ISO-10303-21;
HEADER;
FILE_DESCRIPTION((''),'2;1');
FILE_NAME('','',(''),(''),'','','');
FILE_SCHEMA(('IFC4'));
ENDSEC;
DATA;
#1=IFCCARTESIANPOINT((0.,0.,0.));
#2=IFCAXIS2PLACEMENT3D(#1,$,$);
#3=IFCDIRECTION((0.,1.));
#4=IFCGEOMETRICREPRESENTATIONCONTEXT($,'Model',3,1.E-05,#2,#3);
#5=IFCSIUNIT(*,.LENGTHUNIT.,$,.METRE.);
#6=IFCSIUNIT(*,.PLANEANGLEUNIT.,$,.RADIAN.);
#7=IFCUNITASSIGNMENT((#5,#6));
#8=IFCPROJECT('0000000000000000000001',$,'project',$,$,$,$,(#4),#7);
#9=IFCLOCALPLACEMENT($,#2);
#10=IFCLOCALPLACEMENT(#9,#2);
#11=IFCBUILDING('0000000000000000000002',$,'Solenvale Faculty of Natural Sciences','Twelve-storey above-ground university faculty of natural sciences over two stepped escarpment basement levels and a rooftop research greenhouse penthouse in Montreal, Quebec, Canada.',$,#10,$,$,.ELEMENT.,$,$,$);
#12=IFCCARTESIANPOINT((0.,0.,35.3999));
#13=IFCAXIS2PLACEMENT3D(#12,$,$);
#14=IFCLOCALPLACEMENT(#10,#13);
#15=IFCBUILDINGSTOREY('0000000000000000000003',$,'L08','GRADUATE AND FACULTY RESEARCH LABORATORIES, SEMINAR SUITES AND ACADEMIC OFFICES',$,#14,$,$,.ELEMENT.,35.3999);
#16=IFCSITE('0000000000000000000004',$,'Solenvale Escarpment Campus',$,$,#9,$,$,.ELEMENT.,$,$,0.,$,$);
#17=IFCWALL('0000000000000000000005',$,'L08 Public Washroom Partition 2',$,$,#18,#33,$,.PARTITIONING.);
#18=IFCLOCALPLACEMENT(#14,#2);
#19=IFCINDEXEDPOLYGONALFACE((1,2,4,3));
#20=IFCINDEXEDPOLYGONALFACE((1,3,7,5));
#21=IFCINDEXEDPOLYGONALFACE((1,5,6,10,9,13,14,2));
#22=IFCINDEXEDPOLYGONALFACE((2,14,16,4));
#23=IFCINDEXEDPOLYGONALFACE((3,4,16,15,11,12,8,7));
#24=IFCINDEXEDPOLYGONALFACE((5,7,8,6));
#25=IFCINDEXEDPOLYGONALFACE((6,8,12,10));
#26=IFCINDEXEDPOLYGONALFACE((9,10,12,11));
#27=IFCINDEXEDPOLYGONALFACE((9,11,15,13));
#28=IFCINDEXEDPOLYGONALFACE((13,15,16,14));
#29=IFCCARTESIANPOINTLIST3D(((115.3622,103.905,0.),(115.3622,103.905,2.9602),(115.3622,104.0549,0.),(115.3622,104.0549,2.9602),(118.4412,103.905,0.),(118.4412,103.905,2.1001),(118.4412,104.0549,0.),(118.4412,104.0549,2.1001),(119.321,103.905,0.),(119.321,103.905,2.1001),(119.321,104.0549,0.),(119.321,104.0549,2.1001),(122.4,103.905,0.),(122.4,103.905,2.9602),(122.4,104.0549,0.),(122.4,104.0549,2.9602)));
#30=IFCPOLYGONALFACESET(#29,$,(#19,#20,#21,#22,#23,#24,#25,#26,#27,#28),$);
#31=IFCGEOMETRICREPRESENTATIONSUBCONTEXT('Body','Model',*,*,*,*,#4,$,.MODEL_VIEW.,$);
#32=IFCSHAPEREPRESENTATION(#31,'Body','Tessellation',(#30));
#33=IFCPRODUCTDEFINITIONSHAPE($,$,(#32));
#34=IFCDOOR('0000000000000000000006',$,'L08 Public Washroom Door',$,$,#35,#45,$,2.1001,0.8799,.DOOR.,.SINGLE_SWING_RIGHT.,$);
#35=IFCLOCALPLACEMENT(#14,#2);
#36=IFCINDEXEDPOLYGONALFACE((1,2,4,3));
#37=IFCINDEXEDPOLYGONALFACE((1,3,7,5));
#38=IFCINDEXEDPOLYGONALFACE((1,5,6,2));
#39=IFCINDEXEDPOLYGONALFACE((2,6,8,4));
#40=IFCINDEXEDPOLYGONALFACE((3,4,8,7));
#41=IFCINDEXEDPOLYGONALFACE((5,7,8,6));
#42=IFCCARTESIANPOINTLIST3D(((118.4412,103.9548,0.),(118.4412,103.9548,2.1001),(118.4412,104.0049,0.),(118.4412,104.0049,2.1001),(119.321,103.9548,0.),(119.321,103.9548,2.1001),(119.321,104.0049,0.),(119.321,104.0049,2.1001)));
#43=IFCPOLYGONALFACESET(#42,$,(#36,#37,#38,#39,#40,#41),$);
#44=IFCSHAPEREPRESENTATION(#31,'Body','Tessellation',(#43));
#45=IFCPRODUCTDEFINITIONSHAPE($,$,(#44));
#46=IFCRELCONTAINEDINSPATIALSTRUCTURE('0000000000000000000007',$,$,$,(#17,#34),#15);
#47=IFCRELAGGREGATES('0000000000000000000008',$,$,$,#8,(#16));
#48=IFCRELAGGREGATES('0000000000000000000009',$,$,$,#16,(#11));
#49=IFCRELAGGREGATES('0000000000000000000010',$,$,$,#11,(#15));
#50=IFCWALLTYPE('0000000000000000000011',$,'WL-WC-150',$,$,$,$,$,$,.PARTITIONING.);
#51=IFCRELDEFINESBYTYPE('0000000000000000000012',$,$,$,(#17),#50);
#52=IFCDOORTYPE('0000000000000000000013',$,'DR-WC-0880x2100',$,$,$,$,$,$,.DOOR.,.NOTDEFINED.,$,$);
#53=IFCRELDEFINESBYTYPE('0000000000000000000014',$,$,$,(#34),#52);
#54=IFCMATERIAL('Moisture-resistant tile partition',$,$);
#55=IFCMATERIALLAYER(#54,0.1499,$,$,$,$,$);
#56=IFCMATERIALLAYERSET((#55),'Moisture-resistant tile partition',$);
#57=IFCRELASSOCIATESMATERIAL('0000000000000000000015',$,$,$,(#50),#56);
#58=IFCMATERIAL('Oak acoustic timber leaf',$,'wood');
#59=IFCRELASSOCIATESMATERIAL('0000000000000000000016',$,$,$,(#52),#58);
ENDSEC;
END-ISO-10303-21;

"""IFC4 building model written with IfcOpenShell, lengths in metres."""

from ifc_helpers import new_model, si_unit, direction, frame, frame_2d, origin, place, context, subcontext, project, spatial, rectangle, extrude, material, layer, layer_set, type_object, element, fill, save


model = new_model("IFC4")

# Units and contexts
model_context = context("Model", 3, precision=1e-05, world=origin(), true_north=direction((0.0, 1.0)))
body_context = subcontext(model_context, "Body", "Model", "MODEL_VIEW")
ifc_project = project(units=[si_unit("LENGTHUNIT", "METRE"), si_unit("PLANEANGLEUNIT", "RADIAN")], contexts=[model_context])

# Site, building, storey
site_placement = place(None, origin())
site = spatial("IfcSite", under=ifc_project, at=site_placement, Name="Solenvale Escarpment Campus", CompositionType="ELEMENT", RefElevation=0.0)
building_placement = place(site_placement, origin())
building = spatial("IfcBuilding", under=site, at=building_placement, Name="Solenvale Faculty of Natural Sciences", Description="Twelve-storey above-ground university faculty of natural sciences over two stepped escarpment basement levels and a rooftop research greenhouse penthouse in Montreal, Quebec, Canada.", CompositionType="ELEMENT")
storey_placement = place(building_placement, frame((0.0, 0.0, 35.3999)))
storey = spatial("IfcBuildingStorey", under=building, at=storey_placement, Name="L08", Description="GRADUATE AND FACULTY RESEARCH LABORATORIES, SEMINAR SUITES AND ACADEMIC OFFICES", CompositionType="ELEMENT", Elevation=35.3999)

# Wall, opening, door
ifc_material_1 = material(Name="Moisture-resistant tile partition")
ifc_layer_1 = layer(ifc_material_1, 0.1499)
ifc_layer_set_1 = layer_set([ifc_layer_1], Name="Moisture-resistant tile partition")
wall_type_1 = type_object("IfcWallType", Name="WL-WC-150", PredefinedType="PARTITIONING", material=ifc_layer_set_1)
wall_placement = place(storey_placement, frame((115.3621, 103.98, 0.0), z_axis=(0.0, 0.0, 1.0), x_axis=(1.0, 0.0, 0.0)))
wall = element("IfcWall", 1, at=wall_placement, inside=storey, type_object=wall_type_1, Name="L08 Public Washroom Partition 2", PredefinedType="PARTITIONING", context=body_context, shape_type="SweptSolid", body=[
    extrude(rectangle(XDim=7.0378, YDim=0.1499, at=frame_2d((3.519, 0.0))), origin(), (0.0, 0.0, 1.0), 2.9602),
])
opening_placement = place(wall_placement, frame((3.0791, 0.0, 0.0)))
opening = element("IfcOpeningElement", 2, at=opening_placement, cuts=wall, PredefinedType="OPENING", context=body_context, shape_type="SweptSolid", body=[
    extrude(rectangle(XDim=0.8799, YDim=2.1001, at=frame_2d((0.4399, 1.05))), frame((0.0, 0.085, 0.0), z_axis=(0.0, -1.0, 0.0), x_axis=(1.0, 0.0, 0.0)), (0.0, 0.0, 1.0), 0.1699),
])
ifc_material_2 = material(Name="Oak acoustic timber leaf", Category="wood")
door_type = type_object("IfcDoorType", Name="DR-WC-0880x2100", OperationType="NOTDEFINED", PredefinedType="DOOR", material=ifc_material_2)
door_placement = place(opening_placement, origin())
door = element("IfcDoor", 3, at=door_placement, inside=storey, type_object=door_type, Name="L08 Public Washroom Door", OperationType="SINGLE_SWING_RIGHT", OverallHeight=2.1001, OverallWidth=0.8799, PredefinedType="DOOR", context=body_context, shape_type="SweptSolid", body=[
    extrude(rectangle(XDim=0.8799, YDim=2.1001, at=frame_2d((0.4399, 1.05))), frame((0.0, 0.0249, 0.0), z_axis=(0.0, -1.0, 0.0), x_axis=(1.0, 0.0, 0.0)), (0.0, 0.0, 1.0), 0.05),
])
fill(opening, door)

save(model, "model.ifc")
